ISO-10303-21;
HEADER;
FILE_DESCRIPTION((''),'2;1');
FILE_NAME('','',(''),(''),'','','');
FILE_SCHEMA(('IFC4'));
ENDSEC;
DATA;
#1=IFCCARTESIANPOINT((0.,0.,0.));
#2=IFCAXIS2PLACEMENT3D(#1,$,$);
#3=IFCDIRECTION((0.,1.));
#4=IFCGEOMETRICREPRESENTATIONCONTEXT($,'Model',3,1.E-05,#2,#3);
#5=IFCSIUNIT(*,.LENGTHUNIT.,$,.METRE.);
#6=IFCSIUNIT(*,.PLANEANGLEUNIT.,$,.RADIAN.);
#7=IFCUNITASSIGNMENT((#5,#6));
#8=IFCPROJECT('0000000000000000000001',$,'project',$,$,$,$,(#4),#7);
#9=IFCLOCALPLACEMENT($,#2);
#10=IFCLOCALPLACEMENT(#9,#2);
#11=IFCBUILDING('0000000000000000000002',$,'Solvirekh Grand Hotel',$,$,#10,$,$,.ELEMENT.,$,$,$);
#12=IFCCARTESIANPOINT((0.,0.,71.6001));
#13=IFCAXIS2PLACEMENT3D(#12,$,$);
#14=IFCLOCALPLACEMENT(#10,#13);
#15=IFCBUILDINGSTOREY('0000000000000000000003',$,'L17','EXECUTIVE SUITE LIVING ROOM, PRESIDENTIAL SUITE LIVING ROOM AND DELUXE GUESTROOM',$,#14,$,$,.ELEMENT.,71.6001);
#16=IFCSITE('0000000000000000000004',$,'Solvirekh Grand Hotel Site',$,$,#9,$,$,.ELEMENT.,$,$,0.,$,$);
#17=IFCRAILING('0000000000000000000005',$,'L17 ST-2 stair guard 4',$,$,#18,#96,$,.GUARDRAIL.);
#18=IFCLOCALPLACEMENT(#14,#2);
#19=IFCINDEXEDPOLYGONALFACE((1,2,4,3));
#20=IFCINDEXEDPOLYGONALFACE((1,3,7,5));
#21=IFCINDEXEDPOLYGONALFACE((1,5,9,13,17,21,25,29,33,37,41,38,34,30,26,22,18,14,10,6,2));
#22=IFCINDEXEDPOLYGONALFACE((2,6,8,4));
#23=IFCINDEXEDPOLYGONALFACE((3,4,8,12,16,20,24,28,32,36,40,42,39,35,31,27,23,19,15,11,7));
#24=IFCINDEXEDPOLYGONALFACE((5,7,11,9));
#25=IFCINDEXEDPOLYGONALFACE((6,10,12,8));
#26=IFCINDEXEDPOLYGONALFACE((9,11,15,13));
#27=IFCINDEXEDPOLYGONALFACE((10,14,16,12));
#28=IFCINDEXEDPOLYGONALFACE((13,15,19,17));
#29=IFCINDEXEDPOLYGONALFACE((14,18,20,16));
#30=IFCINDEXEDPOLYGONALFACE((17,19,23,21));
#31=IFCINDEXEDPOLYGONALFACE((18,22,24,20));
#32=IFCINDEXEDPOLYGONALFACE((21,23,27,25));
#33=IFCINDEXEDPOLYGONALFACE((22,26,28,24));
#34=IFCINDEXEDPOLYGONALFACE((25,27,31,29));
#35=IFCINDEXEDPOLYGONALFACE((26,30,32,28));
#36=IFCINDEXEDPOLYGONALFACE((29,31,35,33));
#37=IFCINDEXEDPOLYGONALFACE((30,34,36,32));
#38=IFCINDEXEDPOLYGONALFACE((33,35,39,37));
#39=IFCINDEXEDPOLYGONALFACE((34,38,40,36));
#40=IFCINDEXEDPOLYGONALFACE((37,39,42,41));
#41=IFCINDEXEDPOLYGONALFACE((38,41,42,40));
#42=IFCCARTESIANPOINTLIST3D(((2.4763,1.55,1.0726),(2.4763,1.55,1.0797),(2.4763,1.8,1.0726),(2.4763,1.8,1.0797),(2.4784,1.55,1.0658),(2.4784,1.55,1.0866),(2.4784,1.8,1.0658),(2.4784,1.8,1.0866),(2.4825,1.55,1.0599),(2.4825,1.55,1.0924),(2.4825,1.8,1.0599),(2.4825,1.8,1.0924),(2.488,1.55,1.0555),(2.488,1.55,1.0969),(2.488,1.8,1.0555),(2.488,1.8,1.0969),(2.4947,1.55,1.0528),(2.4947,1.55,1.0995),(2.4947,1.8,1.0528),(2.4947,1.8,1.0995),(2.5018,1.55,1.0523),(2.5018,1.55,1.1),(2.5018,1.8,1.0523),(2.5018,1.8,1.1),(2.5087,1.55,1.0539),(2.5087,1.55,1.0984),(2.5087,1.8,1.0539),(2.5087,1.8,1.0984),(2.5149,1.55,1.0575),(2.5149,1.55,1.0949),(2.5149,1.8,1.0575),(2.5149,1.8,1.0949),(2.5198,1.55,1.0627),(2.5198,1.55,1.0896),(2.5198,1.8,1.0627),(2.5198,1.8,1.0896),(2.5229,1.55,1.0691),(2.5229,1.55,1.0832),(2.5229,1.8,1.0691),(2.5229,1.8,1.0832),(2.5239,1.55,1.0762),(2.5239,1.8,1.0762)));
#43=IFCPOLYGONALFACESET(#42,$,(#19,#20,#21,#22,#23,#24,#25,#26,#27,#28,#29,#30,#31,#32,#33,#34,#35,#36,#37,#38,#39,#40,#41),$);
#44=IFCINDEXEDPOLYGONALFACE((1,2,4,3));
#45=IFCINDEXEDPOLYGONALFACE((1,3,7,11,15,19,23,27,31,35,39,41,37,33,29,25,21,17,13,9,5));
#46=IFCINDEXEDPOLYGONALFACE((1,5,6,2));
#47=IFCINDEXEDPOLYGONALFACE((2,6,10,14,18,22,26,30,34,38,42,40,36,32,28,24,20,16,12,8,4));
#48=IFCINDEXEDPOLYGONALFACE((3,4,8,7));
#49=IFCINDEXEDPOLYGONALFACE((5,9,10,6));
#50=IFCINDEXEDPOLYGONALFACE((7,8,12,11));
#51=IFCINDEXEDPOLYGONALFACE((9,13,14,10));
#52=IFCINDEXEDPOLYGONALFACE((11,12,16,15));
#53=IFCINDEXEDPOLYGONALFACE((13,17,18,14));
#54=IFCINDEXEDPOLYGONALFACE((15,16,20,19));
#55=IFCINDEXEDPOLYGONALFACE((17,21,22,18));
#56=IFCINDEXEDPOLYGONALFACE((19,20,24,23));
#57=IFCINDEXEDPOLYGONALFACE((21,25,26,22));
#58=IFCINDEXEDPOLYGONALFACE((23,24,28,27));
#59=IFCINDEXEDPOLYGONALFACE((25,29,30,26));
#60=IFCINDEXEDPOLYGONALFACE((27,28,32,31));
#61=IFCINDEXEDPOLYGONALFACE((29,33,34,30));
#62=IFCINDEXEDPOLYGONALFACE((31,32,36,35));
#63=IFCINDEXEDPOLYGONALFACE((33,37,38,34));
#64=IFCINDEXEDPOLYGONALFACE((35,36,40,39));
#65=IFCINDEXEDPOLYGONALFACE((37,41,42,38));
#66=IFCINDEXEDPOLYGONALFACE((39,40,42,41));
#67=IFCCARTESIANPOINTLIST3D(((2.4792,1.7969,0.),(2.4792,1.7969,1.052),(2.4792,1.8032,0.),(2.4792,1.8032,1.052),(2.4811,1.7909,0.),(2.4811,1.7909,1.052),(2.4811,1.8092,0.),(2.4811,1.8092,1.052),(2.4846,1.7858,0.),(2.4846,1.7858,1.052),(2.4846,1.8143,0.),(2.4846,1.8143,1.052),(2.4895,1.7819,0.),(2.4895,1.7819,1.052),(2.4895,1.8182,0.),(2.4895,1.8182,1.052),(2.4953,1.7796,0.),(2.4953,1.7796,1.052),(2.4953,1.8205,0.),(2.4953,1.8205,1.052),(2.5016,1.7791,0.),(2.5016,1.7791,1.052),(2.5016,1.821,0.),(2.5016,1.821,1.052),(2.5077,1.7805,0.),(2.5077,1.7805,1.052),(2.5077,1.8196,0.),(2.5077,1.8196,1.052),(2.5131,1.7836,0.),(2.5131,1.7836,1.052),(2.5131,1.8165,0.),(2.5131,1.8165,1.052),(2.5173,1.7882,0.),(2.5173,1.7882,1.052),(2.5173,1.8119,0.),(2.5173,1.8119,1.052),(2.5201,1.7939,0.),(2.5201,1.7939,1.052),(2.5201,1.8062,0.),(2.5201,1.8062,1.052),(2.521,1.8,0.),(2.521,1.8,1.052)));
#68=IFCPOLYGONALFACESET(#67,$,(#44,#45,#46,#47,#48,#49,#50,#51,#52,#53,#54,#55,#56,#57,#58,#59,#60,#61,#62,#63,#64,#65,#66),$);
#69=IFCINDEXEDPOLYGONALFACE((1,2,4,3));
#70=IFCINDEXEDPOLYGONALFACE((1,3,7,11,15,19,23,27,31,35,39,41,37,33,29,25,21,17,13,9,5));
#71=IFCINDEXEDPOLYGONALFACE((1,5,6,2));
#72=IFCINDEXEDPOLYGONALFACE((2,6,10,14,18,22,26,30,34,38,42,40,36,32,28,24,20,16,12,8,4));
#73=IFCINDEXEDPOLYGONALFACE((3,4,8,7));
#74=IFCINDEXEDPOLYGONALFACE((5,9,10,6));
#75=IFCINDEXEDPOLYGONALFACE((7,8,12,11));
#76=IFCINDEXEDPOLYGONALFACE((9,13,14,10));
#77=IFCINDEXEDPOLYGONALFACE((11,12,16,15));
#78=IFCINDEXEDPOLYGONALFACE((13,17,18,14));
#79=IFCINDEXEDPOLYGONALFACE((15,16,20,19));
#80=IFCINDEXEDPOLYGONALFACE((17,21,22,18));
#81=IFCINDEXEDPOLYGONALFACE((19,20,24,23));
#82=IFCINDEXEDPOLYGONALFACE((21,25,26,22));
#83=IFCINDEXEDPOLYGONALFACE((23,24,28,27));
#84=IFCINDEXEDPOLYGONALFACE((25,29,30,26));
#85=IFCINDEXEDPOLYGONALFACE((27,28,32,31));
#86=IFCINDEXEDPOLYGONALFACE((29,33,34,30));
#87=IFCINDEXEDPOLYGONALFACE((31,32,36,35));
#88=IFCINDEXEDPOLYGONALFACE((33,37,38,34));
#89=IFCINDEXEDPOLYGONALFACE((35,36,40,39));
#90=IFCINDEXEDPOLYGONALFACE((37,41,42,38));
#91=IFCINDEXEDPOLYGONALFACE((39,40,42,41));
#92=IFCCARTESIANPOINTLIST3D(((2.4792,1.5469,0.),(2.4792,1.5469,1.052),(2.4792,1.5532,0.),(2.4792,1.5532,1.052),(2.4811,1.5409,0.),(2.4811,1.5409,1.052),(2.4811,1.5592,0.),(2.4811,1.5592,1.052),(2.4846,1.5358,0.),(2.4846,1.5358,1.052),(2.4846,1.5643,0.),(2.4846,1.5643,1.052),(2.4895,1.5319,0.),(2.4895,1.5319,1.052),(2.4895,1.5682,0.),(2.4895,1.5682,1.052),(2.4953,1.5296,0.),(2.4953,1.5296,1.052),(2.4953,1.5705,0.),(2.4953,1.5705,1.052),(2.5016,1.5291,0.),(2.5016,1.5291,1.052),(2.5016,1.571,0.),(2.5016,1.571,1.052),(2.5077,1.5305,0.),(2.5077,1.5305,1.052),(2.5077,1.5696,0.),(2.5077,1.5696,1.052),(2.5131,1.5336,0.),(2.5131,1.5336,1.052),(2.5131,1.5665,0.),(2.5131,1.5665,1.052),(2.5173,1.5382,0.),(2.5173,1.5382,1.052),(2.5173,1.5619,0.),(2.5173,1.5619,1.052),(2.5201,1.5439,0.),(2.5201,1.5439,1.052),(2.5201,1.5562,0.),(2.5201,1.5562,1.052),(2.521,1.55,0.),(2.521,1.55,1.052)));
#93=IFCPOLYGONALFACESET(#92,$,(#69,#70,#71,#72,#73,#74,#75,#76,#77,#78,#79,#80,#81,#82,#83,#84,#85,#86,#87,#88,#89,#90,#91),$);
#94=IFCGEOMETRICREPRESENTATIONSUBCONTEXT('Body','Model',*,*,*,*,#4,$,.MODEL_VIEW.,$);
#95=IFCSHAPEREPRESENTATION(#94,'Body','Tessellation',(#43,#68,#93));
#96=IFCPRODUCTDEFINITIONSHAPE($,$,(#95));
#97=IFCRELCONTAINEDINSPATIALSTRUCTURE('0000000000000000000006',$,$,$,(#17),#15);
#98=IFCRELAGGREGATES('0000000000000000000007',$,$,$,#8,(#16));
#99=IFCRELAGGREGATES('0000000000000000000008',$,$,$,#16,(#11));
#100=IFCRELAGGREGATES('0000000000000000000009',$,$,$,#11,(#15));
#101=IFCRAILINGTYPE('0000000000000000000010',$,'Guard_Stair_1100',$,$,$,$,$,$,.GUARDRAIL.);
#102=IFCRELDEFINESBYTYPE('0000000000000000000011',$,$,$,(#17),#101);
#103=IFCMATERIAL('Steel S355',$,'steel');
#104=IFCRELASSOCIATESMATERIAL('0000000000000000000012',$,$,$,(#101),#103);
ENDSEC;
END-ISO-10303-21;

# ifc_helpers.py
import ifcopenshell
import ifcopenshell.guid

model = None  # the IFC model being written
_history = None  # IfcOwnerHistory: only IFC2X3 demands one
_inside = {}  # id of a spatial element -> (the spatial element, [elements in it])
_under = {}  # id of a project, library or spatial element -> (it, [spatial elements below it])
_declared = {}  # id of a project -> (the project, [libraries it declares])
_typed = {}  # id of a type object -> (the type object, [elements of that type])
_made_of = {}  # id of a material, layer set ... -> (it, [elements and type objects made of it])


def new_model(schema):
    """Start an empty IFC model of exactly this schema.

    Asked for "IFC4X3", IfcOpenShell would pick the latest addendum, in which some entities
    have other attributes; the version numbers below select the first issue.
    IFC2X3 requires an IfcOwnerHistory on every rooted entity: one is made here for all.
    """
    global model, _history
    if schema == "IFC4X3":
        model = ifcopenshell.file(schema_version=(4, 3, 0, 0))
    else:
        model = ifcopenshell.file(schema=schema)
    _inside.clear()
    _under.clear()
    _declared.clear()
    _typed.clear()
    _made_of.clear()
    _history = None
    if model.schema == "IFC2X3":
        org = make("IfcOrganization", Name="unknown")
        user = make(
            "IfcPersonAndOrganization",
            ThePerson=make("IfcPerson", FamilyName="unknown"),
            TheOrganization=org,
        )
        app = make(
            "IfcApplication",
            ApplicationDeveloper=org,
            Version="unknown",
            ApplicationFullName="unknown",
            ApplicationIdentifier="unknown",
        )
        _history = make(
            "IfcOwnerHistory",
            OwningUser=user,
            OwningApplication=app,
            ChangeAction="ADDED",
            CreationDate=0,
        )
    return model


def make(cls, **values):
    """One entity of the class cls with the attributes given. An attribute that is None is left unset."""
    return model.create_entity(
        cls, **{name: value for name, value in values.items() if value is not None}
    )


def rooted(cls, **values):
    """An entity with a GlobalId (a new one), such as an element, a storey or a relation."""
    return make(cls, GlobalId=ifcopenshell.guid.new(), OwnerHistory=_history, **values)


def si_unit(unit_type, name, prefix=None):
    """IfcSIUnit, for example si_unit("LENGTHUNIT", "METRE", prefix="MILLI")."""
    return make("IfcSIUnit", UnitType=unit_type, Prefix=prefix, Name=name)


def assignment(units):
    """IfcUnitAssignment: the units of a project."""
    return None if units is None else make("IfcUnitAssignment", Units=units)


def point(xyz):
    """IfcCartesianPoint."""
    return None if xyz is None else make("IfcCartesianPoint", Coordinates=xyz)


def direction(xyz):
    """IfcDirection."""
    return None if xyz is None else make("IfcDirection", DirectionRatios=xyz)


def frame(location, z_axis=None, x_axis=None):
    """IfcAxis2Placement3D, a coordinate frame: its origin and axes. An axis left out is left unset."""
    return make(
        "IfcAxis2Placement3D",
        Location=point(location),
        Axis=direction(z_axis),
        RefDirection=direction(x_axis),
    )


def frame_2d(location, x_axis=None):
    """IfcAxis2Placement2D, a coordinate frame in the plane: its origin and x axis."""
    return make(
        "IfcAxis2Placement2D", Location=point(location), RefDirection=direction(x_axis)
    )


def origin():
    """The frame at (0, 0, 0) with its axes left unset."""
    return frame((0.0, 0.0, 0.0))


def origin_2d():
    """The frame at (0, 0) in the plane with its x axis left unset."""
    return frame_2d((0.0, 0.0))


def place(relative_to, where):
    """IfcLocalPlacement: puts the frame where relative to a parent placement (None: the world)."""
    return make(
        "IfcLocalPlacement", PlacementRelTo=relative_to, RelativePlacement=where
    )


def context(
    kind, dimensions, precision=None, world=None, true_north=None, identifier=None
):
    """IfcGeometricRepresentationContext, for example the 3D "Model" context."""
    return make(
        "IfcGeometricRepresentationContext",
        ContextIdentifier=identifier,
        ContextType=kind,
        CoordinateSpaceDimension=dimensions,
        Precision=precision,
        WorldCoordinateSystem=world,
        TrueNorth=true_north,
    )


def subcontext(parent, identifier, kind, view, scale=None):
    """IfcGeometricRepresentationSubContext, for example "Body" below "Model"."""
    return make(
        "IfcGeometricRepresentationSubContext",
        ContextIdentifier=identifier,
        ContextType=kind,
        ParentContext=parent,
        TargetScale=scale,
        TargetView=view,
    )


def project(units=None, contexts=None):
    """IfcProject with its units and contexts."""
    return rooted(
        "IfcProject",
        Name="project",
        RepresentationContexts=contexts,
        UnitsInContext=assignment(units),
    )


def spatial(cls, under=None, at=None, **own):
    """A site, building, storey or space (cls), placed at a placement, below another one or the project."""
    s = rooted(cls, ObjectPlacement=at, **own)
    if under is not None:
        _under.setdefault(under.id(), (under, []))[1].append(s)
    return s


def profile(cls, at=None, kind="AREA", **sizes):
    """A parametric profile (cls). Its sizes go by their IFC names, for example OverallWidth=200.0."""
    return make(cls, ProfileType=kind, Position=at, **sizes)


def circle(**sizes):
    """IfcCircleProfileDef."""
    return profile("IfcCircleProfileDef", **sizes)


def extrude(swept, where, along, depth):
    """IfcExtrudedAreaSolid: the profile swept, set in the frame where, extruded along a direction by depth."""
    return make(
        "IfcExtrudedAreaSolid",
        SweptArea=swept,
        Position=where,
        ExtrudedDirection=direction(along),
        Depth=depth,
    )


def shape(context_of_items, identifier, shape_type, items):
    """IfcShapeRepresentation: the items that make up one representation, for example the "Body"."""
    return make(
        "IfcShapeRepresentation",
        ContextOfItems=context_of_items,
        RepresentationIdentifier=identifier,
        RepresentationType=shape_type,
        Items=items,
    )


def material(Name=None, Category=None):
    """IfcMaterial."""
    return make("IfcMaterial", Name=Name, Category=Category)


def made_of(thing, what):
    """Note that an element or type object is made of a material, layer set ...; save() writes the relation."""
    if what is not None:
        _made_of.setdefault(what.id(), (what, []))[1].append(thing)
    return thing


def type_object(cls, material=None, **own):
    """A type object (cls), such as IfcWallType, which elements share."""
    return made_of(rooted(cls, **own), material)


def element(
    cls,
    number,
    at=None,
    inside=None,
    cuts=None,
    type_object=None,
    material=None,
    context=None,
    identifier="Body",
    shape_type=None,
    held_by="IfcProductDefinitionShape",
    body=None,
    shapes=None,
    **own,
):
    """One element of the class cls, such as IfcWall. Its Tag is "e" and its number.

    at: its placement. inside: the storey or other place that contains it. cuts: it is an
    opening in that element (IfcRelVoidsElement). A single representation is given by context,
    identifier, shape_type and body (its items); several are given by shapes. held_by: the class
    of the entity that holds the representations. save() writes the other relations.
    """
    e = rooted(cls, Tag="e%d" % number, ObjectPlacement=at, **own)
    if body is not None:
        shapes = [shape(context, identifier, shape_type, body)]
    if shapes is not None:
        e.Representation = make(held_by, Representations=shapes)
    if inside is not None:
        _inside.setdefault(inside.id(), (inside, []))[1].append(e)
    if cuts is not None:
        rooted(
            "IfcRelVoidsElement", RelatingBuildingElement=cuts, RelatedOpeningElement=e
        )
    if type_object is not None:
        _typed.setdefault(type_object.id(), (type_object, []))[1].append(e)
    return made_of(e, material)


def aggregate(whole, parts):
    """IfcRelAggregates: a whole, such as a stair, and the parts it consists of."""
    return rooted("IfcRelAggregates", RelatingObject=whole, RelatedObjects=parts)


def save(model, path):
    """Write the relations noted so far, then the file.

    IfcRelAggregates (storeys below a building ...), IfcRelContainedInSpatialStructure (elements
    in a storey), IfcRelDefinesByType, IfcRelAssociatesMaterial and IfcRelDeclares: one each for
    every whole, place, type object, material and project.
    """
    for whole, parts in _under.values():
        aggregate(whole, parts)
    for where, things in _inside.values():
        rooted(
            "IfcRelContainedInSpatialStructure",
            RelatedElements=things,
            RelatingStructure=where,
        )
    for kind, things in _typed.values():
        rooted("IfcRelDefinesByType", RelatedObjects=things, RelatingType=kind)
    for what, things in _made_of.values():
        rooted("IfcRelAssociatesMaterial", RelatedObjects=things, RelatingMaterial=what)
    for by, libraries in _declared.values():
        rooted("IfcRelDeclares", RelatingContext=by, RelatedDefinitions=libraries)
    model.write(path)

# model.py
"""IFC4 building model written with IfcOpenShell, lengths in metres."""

from ifc_helpers import new_model, si_unit, direction, frame, origin, origin_2d, place, context, subcontext, project, spatial, circle, extrude, material, type_object, element, save


model = new_model("IFC4")

# Units and contexts
model_context = context("Model", 3, precision=1e-05, world=origin(), true_north=direction((0.0, 1.0)))
body_context = subcontext(model_context, "Body", "Model", "MODEL_VIEW")
ifc_project = project(units=[si_unit("LENGTHUNIT", "METRE"), si_unit("PLANEANGLEUNIT", "RADIAN")], contexts=[model_context])

# Site, building, storey
site_placement = place(None, origin())
site = spatial("IfcSite", under=ifc_project, at=site_placement, Name="Solvirekh Grand Hotel Site", CompositionType="ELEMENT", RefElevation=0.0)
building_placement = place(site_placement, origin())
building = spatial("IfcBuilding", under=site, at=building_placement, Name="Solvirekh Grand Hotel", CompositionType="ELEMENT")
storey_placement = place(building_placement, frame((0.0, 0.0, 71.6001)))
storey = spatial("IfcBuildingStorey", under=building, at=storey_placement, Name="L17", Description="EXECUTIVE SUITE LIVING ROOM, PRESIDENTIAL SUITE LIVING ROOM AND DELUXE GUESTROOM", CompositionType="ELEMENT", Elevation=71.6001)

# Shared definitions
ifc_material_1 = material(Name="Steel S355", Category="steel")

# Railing
railing_type_1 = type_object("IfcRailingType", Name="Guard_Stair_1100", PredefinedType="GUARDRAIL", material=ifc_material_1)
railing_1_placement = place(storey_placement, frame((2.5, 1.8, 0.0)))
element("IfcRailing", 1, at=railing_1_placement, inside=storey, type_object=railing_type_1, Name="L17 ST-2 stair guard 4", PredefinedType="GUARDRAIL", context=body_context, shape_type="SweptSolid", body=[
    extrude(circle(Radius=0.0239, at=origin_2d()), frame((0.0, 0.0, 1.0762), z_axis=(0.0, -1.0, 0.0), x_axis=(1.0, 0.0, 0.0)), (0.0, 0.0, 1.0), 0.25),
    extrude(circle(Radius=0.021, at=origin_2d()), origin(), (0.0, 0.0, 1.0), 1.052),
    extrude(circle(Radius=0.021, at=origin_2d()), frame((0.0, -0.25, 0.0)), (0.0, 0.0, 1.0), 1.052),
])

save(model, "model.ifc")
